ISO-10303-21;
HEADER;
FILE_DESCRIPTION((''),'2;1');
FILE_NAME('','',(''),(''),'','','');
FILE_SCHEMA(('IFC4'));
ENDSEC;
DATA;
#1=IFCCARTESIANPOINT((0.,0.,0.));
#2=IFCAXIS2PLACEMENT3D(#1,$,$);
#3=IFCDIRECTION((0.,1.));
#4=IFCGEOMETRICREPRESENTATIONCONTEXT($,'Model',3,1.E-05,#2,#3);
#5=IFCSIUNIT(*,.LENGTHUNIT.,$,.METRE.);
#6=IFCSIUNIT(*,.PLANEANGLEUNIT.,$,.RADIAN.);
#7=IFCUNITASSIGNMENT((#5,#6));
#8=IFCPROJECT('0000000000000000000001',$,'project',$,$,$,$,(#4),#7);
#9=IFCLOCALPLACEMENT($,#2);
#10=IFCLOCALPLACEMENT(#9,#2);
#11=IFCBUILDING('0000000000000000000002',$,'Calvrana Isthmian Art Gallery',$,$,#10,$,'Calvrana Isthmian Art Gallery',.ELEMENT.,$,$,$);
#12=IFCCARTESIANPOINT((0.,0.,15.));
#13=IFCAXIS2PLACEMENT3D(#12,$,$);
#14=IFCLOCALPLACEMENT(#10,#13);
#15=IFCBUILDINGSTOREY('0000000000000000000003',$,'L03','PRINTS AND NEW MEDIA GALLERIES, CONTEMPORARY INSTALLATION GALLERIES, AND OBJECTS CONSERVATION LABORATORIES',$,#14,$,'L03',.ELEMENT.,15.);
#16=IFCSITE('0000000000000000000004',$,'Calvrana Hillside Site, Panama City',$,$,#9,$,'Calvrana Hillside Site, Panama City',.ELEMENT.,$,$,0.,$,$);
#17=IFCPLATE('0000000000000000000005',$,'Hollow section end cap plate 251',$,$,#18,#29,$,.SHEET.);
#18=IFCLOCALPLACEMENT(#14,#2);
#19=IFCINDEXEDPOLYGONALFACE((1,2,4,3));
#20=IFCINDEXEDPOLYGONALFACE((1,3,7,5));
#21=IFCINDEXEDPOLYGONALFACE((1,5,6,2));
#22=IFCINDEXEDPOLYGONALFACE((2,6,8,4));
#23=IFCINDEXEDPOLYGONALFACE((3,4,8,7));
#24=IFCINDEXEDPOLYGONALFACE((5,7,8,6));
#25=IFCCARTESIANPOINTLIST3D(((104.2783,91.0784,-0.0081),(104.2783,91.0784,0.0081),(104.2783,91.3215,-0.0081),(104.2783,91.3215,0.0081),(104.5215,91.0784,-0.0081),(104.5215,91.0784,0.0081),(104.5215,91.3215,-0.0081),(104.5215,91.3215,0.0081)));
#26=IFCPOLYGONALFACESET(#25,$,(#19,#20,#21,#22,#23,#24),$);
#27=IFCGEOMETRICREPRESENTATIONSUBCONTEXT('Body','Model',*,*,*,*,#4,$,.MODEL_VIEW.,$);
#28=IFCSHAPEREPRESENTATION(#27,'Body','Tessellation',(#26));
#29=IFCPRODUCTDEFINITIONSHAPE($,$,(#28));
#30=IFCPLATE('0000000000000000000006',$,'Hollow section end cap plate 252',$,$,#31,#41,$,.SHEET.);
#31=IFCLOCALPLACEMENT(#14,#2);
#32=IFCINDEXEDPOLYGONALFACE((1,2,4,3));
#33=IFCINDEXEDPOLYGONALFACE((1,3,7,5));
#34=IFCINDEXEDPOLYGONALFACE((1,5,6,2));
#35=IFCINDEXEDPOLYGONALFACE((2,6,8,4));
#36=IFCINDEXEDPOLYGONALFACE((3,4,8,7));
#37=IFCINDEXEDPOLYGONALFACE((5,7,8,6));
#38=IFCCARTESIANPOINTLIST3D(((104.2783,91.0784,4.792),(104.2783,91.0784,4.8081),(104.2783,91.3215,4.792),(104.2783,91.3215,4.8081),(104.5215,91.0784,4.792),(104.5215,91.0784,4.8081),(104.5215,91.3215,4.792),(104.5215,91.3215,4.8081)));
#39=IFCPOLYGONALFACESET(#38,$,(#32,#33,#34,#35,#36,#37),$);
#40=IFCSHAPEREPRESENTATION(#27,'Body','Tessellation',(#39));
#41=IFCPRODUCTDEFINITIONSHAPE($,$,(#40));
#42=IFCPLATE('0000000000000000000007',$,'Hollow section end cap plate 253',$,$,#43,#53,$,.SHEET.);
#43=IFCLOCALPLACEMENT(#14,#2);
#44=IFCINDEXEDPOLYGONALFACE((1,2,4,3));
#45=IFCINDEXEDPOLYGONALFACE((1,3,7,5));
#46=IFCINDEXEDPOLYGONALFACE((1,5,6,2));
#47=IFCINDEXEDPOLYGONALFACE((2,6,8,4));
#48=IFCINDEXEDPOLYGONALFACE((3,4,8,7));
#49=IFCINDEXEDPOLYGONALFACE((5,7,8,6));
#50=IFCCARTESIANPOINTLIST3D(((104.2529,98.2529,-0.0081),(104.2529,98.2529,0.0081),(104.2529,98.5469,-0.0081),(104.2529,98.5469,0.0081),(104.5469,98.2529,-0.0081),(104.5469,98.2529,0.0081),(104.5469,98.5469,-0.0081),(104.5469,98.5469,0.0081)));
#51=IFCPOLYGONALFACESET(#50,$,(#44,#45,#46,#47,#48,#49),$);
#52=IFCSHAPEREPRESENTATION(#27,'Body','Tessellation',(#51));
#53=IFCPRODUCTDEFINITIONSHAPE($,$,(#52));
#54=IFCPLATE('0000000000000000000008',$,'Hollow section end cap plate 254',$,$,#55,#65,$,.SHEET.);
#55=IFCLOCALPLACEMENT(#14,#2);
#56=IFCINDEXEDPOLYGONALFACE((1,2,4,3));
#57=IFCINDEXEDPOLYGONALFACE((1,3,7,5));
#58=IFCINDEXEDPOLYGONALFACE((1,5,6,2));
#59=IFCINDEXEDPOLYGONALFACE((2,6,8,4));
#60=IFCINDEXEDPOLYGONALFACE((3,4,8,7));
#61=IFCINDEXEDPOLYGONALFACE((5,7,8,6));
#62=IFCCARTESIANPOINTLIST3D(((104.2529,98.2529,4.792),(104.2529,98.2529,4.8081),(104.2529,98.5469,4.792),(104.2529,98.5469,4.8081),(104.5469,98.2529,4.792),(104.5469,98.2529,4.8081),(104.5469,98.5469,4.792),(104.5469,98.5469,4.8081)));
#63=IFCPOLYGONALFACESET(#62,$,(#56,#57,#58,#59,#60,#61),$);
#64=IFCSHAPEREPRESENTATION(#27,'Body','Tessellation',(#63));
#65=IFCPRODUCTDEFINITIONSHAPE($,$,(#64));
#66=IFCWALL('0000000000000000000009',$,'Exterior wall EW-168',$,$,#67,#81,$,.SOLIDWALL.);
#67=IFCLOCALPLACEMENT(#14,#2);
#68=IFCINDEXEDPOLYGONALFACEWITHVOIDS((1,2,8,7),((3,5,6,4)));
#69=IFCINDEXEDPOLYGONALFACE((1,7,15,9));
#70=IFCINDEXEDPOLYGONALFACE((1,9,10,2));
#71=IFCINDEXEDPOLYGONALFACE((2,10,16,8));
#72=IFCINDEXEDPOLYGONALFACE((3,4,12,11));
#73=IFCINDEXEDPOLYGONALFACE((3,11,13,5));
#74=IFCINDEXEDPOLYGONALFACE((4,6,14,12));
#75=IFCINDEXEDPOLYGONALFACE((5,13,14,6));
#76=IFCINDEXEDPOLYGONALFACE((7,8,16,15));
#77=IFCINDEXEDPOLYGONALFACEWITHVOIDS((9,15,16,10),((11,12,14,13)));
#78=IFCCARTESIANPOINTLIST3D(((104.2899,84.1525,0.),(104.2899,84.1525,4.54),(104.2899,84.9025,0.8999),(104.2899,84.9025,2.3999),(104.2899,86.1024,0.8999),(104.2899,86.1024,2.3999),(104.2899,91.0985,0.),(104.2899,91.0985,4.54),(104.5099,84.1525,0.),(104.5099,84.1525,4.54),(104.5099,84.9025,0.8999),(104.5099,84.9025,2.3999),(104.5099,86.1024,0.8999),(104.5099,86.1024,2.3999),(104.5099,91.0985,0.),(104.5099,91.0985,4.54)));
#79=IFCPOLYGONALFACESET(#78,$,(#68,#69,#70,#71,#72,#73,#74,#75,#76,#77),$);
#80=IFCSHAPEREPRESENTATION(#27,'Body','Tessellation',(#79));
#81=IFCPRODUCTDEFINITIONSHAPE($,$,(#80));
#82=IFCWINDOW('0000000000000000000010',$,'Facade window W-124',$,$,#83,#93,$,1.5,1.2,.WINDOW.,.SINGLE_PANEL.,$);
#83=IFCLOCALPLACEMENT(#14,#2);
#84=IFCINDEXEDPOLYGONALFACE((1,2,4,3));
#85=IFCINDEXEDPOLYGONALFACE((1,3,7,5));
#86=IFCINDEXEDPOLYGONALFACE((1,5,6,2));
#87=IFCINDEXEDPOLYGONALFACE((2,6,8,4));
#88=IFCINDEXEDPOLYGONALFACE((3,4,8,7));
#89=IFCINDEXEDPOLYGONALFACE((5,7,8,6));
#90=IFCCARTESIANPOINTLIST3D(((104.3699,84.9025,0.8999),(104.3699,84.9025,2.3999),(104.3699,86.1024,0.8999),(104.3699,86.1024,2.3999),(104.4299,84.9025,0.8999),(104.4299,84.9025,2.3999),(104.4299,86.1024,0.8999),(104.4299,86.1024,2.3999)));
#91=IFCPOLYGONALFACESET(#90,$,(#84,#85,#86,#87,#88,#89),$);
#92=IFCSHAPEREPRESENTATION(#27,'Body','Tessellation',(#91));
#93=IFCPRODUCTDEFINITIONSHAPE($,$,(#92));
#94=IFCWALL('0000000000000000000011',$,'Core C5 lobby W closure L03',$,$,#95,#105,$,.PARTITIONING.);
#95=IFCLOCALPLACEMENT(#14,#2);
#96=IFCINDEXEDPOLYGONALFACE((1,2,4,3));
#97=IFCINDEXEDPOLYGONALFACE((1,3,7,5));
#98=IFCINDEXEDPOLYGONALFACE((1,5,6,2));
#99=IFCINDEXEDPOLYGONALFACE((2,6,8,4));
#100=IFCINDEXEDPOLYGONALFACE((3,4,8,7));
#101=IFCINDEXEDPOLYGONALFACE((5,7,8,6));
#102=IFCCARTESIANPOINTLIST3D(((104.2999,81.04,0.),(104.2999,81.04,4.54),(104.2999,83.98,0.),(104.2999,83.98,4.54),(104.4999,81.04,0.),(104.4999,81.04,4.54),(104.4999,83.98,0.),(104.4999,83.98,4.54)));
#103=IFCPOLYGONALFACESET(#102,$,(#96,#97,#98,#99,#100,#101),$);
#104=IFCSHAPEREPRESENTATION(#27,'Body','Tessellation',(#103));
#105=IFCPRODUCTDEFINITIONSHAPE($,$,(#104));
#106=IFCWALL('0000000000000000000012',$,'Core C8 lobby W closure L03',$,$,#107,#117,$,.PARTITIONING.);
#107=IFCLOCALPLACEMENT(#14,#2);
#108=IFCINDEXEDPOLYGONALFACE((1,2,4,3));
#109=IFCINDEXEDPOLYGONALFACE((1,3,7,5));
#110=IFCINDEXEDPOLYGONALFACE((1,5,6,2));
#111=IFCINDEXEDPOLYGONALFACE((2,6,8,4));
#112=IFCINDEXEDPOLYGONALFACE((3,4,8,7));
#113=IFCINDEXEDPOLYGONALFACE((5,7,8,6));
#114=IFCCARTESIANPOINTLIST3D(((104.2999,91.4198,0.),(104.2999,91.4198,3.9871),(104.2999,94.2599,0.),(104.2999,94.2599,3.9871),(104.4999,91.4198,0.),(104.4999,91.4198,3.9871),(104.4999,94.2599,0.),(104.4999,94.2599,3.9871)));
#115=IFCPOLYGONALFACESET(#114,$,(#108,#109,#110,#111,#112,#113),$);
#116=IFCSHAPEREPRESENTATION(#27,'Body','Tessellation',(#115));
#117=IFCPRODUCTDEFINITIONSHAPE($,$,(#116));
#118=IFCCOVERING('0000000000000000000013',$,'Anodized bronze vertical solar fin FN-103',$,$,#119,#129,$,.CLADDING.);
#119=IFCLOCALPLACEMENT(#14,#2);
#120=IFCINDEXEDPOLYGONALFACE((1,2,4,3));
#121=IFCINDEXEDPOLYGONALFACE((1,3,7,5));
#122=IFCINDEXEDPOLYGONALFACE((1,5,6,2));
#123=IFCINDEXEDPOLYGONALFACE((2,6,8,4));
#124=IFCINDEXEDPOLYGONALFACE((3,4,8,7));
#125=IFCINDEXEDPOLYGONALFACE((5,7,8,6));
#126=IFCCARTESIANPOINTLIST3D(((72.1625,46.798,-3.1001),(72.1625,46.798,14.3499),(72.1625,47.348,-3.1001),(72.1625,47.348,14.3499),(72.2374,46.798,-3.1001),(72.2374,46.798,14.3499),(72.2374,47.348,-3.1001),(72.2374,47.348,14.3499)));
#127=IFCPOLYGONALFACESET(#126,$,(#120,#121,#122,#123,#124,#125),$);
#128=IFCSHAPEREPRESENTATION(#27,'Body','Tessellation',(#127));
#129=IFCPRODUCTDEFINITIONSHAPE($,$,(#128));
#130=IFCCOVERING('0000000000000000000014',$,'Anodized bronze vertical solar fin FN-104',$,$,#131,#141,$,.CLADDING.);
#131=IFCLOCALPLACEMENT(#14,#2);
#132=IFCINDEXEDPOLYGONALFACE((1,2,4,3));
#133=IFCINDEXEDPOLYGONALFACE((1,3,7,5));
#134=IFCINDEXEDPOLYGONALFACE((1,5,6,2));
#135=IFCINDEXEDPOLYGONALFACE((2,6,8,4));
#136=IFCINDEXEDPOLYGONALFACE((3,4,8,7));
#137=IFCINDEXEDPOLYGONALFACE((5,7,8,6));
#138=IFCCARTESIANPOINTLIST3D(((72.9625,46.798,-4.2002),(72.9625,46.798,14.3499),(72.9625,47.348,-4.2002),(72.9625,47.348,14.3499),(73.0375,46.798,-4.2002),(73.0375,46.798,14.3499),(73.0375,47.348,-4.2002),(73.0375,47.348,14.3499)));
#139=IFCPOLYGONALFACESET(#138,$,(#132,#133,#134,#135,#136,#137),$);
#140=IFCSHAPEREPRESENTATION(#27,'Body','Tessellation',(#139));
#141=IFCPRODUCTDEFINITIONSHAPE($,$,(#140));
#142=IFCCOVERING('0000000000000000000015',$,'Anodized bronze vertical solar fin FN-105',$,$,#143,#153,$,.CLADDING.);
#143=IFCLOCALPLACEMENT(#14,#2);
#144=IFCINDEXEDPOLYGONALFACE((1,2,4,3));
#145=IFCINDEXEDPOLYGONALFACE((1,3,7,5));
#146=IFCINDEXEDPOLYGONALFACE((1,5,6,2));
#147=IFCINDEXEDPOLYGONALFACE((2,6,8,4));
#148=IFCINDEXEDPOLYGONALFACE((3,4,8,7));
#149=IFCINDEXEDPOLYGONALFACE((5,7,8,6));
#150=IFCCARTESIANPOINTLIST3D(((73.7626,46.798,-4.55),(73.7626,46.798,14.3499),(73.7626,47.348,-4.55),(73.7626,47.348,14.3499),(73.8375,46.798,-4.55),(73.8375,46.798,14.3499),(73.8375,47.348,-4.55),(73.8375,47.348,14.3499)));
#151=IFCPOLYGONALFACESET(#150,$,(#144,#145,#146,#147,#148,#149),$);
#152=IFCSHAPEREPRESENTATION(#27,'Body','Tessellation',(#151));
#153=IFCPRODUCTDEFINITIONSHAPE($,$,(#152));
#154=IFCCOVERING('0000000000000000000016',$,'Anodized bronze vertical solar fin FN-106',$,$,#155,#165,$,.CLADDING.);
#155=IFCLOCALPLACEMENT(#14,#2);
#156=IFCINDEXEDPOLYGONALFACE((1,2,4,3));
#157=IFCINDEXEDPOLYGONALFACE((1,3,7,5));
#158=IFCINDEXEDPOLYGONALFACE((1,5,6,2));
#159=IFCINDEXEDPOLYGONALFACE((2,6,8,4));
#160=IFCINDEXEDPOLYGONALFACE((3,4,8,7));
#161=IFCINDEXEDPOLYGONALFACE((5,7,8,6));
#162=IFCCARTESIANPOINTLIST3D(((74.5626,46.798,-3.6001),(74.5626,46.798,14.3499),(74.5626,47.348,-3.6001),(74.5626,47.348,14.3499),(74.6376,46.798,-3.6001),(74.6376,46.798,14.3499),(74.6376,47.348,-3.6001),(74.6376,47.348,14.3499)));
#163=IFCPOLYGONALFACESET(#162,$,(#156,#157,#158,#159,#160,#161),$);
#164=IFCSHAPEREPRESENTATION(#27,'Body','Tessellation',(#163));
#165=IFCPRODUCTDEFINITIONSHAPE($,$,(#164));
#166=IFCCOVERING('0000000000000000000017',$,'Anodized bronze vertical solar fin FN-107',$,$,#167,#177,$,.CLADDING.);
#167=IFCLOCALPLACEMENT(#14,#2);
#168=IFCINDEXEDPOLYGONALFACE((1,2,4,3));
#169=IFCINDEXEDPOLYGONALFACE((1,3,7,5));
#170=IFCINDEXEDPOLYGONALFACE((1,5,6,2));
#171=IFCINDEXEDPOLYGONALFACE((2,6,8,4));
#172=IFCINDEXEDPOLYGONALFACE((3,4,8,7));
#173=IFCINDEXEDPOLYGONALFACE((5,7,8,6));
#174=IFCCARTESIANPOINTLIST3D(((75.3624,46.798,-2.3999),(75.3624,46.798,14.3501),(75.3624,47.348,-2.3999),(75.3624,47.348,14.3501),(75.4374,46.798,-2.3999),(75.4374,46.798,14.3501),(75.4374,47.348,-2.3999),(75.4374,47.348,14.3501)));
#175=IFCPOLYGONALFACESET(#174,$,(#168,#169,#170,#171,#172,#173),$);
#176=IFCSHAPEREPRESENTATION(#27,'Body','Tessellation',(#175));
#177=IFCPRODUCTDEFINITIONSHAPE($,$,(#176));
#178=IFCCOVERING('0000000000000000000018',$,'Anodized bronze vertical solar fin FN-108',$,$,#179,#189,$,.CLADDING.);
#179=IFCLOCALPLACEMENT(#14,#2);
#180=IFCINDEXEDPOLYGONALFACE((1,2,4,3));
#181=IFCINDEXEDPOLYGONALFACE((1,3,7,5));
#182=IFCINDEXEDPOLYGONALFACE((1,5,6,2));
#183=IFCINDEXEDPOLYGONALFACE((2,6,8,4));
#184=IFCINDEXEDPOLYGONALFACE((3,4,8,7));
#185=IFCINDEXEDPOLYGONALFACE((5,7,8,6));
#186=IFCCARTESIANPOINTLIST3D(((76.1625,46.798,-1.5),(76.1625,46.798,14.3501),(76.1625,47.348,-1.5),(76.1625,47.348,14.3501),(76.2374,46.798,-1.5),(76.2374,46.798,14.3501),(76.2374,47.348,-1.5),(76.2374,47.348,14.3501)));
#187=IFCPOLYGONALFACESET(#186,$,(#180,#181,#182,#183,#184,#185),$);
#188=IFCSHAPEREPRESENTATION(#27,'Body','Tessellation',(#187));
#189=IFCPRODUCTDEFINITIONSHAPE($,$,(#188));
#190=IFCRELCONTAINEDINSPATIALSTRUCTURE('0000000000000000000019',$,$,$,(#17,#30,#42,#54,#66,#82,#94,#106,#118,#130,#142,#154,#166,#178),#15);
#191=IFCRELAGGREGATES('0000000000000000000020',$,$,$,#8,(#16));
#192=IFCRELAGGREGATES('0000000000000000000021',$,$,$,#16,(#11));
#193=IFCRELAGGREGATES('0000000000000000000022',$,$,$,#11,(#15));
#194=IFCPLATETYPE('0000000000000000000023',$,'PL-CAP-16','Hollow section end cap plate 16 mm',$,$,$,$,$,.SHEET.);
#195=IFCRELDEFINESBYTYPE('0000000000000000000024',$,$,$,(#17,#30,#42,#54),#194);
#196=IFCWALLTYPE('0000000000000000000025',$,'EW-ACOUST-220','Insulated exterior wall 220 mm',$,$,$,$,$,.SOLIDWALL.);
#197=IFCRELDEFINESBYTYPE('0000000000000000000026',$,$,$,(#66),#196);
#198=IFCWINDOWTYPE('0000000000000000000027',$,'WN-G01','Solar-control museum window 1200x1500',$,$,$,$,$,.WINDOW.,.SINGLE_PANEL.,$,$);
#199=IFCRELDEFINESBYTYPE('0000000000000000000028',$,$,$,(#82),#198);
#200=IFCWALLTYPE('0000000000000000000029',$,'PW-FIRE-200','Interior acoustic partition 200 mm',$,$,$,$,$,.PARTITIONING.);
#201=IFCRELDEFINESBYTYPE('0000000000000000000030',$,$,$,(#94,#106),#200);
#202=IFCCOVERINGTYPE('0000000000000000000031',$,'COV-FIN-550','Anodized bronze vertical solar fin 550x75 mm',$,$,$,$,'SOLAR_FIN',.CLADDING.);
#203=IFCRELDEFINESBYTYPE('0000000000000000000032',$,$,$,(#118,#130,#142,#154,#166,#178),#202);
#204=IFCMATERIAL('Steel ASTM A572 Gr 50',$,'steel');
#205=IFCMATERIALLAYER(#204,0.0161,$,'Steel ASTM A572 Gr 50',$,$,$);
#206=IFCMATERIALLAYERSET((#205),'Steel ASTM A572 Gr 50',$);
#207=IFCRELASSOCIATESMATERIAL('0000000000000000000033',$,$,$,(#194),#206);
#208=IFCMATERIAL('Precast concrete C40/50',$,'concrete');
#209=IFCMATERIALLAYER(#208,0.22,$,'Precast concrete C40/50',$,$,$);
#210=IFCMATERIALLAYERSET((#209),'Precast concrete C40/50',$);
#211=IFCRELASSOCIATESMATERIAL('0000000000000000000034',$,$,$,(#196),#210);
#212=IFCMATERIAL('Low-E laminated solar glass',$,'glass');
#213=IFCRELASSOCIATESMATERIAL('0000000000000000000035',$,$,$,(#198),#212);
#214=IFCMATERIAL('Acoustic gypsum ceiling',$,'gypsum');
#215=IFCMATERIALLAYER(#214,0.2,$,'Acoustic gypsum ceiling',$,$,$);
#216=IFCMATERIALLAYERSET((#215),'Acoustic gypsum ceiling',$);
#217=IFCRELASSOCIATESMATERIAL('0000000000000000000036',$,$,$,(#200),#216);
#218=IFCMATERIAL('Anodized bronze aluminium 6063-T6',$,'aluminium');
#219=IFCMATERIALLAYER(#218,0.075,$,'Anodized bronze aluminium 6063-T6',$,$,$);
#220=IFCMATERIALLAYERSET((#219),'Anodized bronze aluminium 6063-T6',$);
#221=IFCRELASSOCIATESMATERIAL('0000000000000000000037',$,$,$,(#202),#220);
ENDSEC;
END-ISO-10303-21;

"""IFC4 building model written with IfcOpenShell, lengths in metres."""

from ifc_helpers import new_model, si_unit, direction, frame, frame_2d, origin, origin_2d, place, context, subcontext, project, spatial, rectangle, extrude, material, layer, layer_set, type_object, element, fill, save


model = new_model("IFC4")

# Units and contexts
model_context = context("Model", 3, precision=1e-05, world=origin(), true_north=direction((0.0, 1.0)))
body_context = subcontext(model_context, "Body", "Model", "MODEL_VIEW")
ifc_project = project(units=[si_unit("LENGTHUNIT", "METRE"), si_unit("PLANEANGLEUNIT", "RADIAN")], contexts=[model_context])

# Site, building, storey
site_placement = place(None, origin())
site = spatial("IfcSite", under=ifc_project, at=site_placement, Name="Calvrana Hillside Site, Panama City", LongName="Calvrana Hillside Site, Panama City", CompositionType="ELEMENT", RefElevation=0.0)
building_placement = place(site_placement, origin())
building = spatial("IfcBuilding", under=site, at=building_placement, Name="Calvrana Isthmian Art Gallery", LongName="Calvrana Isthmian Art Gallery", CompositionType="ELEMENT")
storey_placement = place(building_placement, frame((0.0, 0.0, 15.0)))
storey = spatial("IfcBuildingStorey", under=building, at=storey_placement, Name="L03", Description="PRINTS AND NEW MEDIA GALLERIES, CONTEMPORARY INSTALLATION GALLERIES, AND OBJECTS CONSERVATION LABORATORIES", LongName="L03", CompositionType="ELEMENT", Elevation=15.0)

# Plates
ifc_material_1 = material(Name="Steel ASTM A572 Gr 50", Category="steel")
ifc_layer_1 = layer(ifc_material_1, 0.0161, Name="Steel ASTM A572 Gr 50")
ifc_layer_set_1 = layer_set([ifc_layer_1], Name="Steel ASTM A572 Gr 50")
plate_type = type_object("IfcPlateType", Name="PL-CAP-16", Description="Hollow section end cap plate 16 mm", PredefinedType="SHEET", material=ifc_layer_set_1)
for number, where, z_axis, x_axis, name in (
    (1, (104.3999, 91.2, -0.0081), (0.0, 0.0, 1.0), (1.0, 0.0, 0.0), "Hollow section end cap plate 251"),
    (2, (104.3999, 91.2, 4.792), (0.0, 0.0, 1.0), (1.0, 0.0, 0.0), "Hollow section end cap plate 252"),
):
    element("IfcPlate", number, at=place(storey_placement, frame(where, z_axis=z_axis, x_axis=x_axis)), inside=storey, type_object=plate_type, Name=name, PredefinedType="SHEET", context=body_context, shape_type="SweptSolid", body=[
        extrude(rectangle(XDim=0.2432, YDim=0.2432, at=origin_2d()), origin(), (0.0, 0.0, 1.0), 0.0161),
    ])
for number, where, z_axis, x_axis, name in (
    (3, (104.3999, 98.3999, -0.0081), (0.0, 0.0, 1.0), (1.0, 0.0, 0.0), "Hollow section end cap plate 253"),
    (4, (104.3999, 98.3999, 4.792), (0.0, 0.0, 1.0), (1.0, 0.0, 0.0), "Hollow section end cap plate 254"),
):
    element("IfcPlate", number, at=place(storey_placement, frame(where, z_axis=z_axis, x_axis=x_axis)), inside=storey, type_object=plate_type, Name=name, PredefinedType="SHEET", context=body_context, shape_type="SweptSolid", body=[
        extrude(rectangle(XDim=0.2939, YDim=0.2939, at=origin_2d()), origin(), (0.0, 0.0, 1.0), 0.0161),
    ])

# Wall, opening, window
ifc_material_2 = material(Name="Precast concrete C40/50", Category="concrete")
ifc_layer_2 = layer(ifc_material_2, 0.22, Name="Precast concrete C40/50")
ifc_layer_set_2 = layer_set([ifc_layer_2], Name="Precast concrete C40/50")
wall_type_1 = type_object("IfcWallType", Name="EW-ACOUST-220", Description="Insulated exterior wall 220 mm", PredefinedType="SOLIDWALL", material=ifc_layer_set_2)
wall_1_placement = place(storey_placement, frame((104.3999, 84.1523, 0.0), z_axis=(0.0, 0.0, 1.0), x_axis=(0.0, 1.0, 0.0)))
wall_1 = element("IfcWall", 5, at=wall_1_placement, inside=storey, type_object=wall_type_1, Name="Exterior wall EW-168", PredefinedType="SOLIDWALL", context=body_context, shape_type="SweptSolid", body=[
    extrude(rectangle(XDim=6.946, YDim=0.22, at=frame_2d((3.4731, 0.0))), origin(), (0.0, 0.0, 1.0), 4.54),
])
opening_placement = place(wall_1_placement, frame((0.75, 0.0, 0.8999)))
opening = element("IfcOpeningElement", 6, at=opening_placement, cuts=wall_1, PredefinedType="OPENING", context=body_context, shape_type="SweptSolid", body=[
    extrude(rectangle(XDim=1.2, YDim=1.5, at=frame_2d((0.6001, 0.75))), frame((0.0, 0.1201, 0.0), z_axis=(0.0, -1.0, 0.0), x_axis=(1.0, 0.0, 0.0)), (0.0, 0.0, 1.0), 0.2405),
])
ifc_material_3 = material(Name="Low-E laminated solar glass", Category="glass")
window_type = type_object("IfcWindowType", Name="WN-G01", Description="Solar-control museum window 1200x1500", PartitioningType="SINGLE_PANEL", PredefinedType="WINDOW", material=ifc_material_3)
window_placement = place(opening_placement, origin())
window = element("IfcWindow", 7, at=window_placement, inside=storey, type_object=window_type, Name="Facade window W-124", OverallHeight=1.5, OverallWidth=1.2, PartitioningType="SINGLE_PANEL", PredefinedType="WINDOW", context=body_context, shape_type="SweptSolid", body=[
    extrude(rectangle(XDim=1.2, YDim=1.5, at=frame_2d((0.6001, 0.75))), frame((0.0, 0.03, 0.0), z_axis=(0.0, -1.0, 0.0), x_axis=(1.0, 0.0, 0.0)), (0.0, 0.0, 1.0), 0.0601),
])
fill(opening, window)

# Walls
ifc_material_4 = material(Name="Acoustic gypsum ceiling", Category="gypsum")
ifc_layer_3 = layer(ifc_material_4, 0.2, Name="Acoustic gypsum ceiling")
ifc_layer_set_3 = layer_set([ifc_layer_3], Name="Acoustic gypsum ceiling")
wall_type_2 = type_object("IfcWallType", Name="PW-FIRE-200", Description="Interior acoustic partition 200 mm", PredefinedType="PARTITIONING", material=ifc_layer_set_3)
wall_2_placement = place(storey_placement, frame((104.3999, 81.04, 0.0), z_axis=(0.0, 0.0, 1.0), x_axis=(0.0, 1.0, 0.0)))
element("IfcWall", 8, at=wall_2_placement, inside=storey, type_object=wall_type_2, Name="Core C5 lobby W closure L03", PredefinedType="PARTITIONING", context=body_context, shape_type="SweptSolid", body=[
    extrude(rectangle(XDim=2.9399, YDim=0.2, at=frame_2d((1.47, 0.0))), origin(), (0.0, 0.0, 1.0), 4.54),
])
wall_3_placement = place(storey_placement, frame((104.3999, 91.4199, 0.0), z_axis=(0.0, 0.0, 1.0), x_axis=(0.0, 1.0, 0.0)))
element("IfcWall", 9, at=wall_3_placement, inside=storey, type_object=wall_type_2, Name="Core C8 lobby W closure L03", PredefinedType="PARTITIONING", context=body_context, shape_type="SweptSolid", body=[
    extrude(rectangle(XDim=2.8401, YDim=0.2, at=frame_2d((1.4199, 0.0))), origin(), (0.0, 0.0, 1.0), 3.9871),
])

# Coverings
ifc_material_5 = material(Name="Anodized bronze aluminium 6063-T6", Category="aluminium")
ifc_layer_4 = layer(ifc_material_5, 0.075, Name="Anodized bronze aluminium 6063-T6")
ifc_layer_set_4 = layer_set([ifc_layer_4], Name="Anodized bronze aluminium 6063-T6")
covering_type = type_object("IfcCoveringType", Name="COV-FIN-550", Description="Anodized bronze vertical solar fin 550x75 mm", ElementType="SOLAR_FIN", PredefinedType="CLADDING", material=ifc_layer_set_4)
covering_1_placement = place(storey_placement, frame((72.2, 47.073, -3.1001), z_axis=(0.0, 0.0, 1.0), x_axis=(1.0, 0.0, 0.0)))
element("IfcCovering", 10, at=covering_1_placement, inside=storey, type_object=covering_type, Name="Anodized bronze vertical solar fin FN-103", PredefinedType="CLADDING", context=body_context, shape_type="SweptSolid", body=[
    extrude(rectangle(XDim=0.075, YDim=0.55, at=origin_2d()), origin(), (0.0, 0.0, 1.0), 17.45),
])
covering_2_placement = place(storey_placement, frame((73.0, 47.073, -4.2002), z_axis=(0.0, 0.0, 1.0), x_axis=(1.0, 0.0, 0.0)))
element("IfcCovering", 11, at=covering_2_placement, inside=storey, type_object=covering_type, Name="Anodized bronze vertical solar fin FN-104", PredefinedType="CLADDING", context=body_context, shape_type="SweptSolid", body=[
    extrude(rectangle(XDim=0.075, YDim=0.55, at=origin_2d()), origin(), (0.0, 0.0, 1.0), 18.55),
])
covering_3_placement = place(storey_placement, frame((73.8, 47.073, -4.55), z_axis=(0.0, 0.0, 1.0), x_axis=(1.0, 0.0, 0.0)))
element("IfcCovering", 12, at=covering_3_placement, inside=storey, type_object=covering_type, Name="Anodized bronze vertical solar fin FN-105", PredefinedType="CLADDING", context=body_context, shape_type="SweptSolid", body=[
    extrude(rectangle(XDim=0.075, YDim=0.55, at=origin_2d()), origin(), (0.0, 0.0, 1.0), 18.8999),
])
covering_4_placement = place(storey_placement, frame((74.6001, 47.073, -3.6001), z_axis=(0.0, 0.0, 1.0), x_axis=(1.0, 0.0, 0.0)))
element("IfcCovering", 13, at=covering_4_placement, inside=storey, type_object=covering_type, Name="Anodized bronze vertical solar fin FN-106", PredefinedType="CLADDING", context=body_context, shape_type="SweptSolid", body=[
    extrude(rectangle(XDim=0.075, YDim=0.55, at=origin_2d()), origin(), (0.0, 0.0, 1.0), 17.95),
])
covering_5_placement = place(storey_placement, frame((75.3999, 47.073, -2.3999), z_axis=(0.0, 0.0, 1.0), x_axis=(1.0, 0.0, 0.0)))
element("IfcCovering", 14, at=covering_5_placement, inside=storey, type_object=covering_type, Name="Anodized bronze vertical solar fin FN-107", PredefinedType="CLADDING", context=body_context, shape_type="SweptSolid", body=[
    extrude(rectangle(XDim=0.075, YDim=0.55, at=origin_2d()), origin(), (0.0, 0.0, 1.0), 16.75),
])
covering_6_placement = place(storey_placement, frame((76.2, 47.073, -1.5), z_axis=(0.0, 0.0, 1.0), x_axis=(1.0, 0.0, 0.0)))
element("IfcCovering", 15, at=covering_6_placement, inside=storey, type_object=covering_type, Name="Anodized bronze vertical solar fin FN-108", PredefinedType="CLADDING", context=body_context, shape_type="SweptSolid", body=[
    extrude(rectangle(XDim=0.075, YDim=0.55, at=origin_2d()), origin(), (0.0, 0.0, 1.0), 15.8501),
])

save(model, "model.ifc")
